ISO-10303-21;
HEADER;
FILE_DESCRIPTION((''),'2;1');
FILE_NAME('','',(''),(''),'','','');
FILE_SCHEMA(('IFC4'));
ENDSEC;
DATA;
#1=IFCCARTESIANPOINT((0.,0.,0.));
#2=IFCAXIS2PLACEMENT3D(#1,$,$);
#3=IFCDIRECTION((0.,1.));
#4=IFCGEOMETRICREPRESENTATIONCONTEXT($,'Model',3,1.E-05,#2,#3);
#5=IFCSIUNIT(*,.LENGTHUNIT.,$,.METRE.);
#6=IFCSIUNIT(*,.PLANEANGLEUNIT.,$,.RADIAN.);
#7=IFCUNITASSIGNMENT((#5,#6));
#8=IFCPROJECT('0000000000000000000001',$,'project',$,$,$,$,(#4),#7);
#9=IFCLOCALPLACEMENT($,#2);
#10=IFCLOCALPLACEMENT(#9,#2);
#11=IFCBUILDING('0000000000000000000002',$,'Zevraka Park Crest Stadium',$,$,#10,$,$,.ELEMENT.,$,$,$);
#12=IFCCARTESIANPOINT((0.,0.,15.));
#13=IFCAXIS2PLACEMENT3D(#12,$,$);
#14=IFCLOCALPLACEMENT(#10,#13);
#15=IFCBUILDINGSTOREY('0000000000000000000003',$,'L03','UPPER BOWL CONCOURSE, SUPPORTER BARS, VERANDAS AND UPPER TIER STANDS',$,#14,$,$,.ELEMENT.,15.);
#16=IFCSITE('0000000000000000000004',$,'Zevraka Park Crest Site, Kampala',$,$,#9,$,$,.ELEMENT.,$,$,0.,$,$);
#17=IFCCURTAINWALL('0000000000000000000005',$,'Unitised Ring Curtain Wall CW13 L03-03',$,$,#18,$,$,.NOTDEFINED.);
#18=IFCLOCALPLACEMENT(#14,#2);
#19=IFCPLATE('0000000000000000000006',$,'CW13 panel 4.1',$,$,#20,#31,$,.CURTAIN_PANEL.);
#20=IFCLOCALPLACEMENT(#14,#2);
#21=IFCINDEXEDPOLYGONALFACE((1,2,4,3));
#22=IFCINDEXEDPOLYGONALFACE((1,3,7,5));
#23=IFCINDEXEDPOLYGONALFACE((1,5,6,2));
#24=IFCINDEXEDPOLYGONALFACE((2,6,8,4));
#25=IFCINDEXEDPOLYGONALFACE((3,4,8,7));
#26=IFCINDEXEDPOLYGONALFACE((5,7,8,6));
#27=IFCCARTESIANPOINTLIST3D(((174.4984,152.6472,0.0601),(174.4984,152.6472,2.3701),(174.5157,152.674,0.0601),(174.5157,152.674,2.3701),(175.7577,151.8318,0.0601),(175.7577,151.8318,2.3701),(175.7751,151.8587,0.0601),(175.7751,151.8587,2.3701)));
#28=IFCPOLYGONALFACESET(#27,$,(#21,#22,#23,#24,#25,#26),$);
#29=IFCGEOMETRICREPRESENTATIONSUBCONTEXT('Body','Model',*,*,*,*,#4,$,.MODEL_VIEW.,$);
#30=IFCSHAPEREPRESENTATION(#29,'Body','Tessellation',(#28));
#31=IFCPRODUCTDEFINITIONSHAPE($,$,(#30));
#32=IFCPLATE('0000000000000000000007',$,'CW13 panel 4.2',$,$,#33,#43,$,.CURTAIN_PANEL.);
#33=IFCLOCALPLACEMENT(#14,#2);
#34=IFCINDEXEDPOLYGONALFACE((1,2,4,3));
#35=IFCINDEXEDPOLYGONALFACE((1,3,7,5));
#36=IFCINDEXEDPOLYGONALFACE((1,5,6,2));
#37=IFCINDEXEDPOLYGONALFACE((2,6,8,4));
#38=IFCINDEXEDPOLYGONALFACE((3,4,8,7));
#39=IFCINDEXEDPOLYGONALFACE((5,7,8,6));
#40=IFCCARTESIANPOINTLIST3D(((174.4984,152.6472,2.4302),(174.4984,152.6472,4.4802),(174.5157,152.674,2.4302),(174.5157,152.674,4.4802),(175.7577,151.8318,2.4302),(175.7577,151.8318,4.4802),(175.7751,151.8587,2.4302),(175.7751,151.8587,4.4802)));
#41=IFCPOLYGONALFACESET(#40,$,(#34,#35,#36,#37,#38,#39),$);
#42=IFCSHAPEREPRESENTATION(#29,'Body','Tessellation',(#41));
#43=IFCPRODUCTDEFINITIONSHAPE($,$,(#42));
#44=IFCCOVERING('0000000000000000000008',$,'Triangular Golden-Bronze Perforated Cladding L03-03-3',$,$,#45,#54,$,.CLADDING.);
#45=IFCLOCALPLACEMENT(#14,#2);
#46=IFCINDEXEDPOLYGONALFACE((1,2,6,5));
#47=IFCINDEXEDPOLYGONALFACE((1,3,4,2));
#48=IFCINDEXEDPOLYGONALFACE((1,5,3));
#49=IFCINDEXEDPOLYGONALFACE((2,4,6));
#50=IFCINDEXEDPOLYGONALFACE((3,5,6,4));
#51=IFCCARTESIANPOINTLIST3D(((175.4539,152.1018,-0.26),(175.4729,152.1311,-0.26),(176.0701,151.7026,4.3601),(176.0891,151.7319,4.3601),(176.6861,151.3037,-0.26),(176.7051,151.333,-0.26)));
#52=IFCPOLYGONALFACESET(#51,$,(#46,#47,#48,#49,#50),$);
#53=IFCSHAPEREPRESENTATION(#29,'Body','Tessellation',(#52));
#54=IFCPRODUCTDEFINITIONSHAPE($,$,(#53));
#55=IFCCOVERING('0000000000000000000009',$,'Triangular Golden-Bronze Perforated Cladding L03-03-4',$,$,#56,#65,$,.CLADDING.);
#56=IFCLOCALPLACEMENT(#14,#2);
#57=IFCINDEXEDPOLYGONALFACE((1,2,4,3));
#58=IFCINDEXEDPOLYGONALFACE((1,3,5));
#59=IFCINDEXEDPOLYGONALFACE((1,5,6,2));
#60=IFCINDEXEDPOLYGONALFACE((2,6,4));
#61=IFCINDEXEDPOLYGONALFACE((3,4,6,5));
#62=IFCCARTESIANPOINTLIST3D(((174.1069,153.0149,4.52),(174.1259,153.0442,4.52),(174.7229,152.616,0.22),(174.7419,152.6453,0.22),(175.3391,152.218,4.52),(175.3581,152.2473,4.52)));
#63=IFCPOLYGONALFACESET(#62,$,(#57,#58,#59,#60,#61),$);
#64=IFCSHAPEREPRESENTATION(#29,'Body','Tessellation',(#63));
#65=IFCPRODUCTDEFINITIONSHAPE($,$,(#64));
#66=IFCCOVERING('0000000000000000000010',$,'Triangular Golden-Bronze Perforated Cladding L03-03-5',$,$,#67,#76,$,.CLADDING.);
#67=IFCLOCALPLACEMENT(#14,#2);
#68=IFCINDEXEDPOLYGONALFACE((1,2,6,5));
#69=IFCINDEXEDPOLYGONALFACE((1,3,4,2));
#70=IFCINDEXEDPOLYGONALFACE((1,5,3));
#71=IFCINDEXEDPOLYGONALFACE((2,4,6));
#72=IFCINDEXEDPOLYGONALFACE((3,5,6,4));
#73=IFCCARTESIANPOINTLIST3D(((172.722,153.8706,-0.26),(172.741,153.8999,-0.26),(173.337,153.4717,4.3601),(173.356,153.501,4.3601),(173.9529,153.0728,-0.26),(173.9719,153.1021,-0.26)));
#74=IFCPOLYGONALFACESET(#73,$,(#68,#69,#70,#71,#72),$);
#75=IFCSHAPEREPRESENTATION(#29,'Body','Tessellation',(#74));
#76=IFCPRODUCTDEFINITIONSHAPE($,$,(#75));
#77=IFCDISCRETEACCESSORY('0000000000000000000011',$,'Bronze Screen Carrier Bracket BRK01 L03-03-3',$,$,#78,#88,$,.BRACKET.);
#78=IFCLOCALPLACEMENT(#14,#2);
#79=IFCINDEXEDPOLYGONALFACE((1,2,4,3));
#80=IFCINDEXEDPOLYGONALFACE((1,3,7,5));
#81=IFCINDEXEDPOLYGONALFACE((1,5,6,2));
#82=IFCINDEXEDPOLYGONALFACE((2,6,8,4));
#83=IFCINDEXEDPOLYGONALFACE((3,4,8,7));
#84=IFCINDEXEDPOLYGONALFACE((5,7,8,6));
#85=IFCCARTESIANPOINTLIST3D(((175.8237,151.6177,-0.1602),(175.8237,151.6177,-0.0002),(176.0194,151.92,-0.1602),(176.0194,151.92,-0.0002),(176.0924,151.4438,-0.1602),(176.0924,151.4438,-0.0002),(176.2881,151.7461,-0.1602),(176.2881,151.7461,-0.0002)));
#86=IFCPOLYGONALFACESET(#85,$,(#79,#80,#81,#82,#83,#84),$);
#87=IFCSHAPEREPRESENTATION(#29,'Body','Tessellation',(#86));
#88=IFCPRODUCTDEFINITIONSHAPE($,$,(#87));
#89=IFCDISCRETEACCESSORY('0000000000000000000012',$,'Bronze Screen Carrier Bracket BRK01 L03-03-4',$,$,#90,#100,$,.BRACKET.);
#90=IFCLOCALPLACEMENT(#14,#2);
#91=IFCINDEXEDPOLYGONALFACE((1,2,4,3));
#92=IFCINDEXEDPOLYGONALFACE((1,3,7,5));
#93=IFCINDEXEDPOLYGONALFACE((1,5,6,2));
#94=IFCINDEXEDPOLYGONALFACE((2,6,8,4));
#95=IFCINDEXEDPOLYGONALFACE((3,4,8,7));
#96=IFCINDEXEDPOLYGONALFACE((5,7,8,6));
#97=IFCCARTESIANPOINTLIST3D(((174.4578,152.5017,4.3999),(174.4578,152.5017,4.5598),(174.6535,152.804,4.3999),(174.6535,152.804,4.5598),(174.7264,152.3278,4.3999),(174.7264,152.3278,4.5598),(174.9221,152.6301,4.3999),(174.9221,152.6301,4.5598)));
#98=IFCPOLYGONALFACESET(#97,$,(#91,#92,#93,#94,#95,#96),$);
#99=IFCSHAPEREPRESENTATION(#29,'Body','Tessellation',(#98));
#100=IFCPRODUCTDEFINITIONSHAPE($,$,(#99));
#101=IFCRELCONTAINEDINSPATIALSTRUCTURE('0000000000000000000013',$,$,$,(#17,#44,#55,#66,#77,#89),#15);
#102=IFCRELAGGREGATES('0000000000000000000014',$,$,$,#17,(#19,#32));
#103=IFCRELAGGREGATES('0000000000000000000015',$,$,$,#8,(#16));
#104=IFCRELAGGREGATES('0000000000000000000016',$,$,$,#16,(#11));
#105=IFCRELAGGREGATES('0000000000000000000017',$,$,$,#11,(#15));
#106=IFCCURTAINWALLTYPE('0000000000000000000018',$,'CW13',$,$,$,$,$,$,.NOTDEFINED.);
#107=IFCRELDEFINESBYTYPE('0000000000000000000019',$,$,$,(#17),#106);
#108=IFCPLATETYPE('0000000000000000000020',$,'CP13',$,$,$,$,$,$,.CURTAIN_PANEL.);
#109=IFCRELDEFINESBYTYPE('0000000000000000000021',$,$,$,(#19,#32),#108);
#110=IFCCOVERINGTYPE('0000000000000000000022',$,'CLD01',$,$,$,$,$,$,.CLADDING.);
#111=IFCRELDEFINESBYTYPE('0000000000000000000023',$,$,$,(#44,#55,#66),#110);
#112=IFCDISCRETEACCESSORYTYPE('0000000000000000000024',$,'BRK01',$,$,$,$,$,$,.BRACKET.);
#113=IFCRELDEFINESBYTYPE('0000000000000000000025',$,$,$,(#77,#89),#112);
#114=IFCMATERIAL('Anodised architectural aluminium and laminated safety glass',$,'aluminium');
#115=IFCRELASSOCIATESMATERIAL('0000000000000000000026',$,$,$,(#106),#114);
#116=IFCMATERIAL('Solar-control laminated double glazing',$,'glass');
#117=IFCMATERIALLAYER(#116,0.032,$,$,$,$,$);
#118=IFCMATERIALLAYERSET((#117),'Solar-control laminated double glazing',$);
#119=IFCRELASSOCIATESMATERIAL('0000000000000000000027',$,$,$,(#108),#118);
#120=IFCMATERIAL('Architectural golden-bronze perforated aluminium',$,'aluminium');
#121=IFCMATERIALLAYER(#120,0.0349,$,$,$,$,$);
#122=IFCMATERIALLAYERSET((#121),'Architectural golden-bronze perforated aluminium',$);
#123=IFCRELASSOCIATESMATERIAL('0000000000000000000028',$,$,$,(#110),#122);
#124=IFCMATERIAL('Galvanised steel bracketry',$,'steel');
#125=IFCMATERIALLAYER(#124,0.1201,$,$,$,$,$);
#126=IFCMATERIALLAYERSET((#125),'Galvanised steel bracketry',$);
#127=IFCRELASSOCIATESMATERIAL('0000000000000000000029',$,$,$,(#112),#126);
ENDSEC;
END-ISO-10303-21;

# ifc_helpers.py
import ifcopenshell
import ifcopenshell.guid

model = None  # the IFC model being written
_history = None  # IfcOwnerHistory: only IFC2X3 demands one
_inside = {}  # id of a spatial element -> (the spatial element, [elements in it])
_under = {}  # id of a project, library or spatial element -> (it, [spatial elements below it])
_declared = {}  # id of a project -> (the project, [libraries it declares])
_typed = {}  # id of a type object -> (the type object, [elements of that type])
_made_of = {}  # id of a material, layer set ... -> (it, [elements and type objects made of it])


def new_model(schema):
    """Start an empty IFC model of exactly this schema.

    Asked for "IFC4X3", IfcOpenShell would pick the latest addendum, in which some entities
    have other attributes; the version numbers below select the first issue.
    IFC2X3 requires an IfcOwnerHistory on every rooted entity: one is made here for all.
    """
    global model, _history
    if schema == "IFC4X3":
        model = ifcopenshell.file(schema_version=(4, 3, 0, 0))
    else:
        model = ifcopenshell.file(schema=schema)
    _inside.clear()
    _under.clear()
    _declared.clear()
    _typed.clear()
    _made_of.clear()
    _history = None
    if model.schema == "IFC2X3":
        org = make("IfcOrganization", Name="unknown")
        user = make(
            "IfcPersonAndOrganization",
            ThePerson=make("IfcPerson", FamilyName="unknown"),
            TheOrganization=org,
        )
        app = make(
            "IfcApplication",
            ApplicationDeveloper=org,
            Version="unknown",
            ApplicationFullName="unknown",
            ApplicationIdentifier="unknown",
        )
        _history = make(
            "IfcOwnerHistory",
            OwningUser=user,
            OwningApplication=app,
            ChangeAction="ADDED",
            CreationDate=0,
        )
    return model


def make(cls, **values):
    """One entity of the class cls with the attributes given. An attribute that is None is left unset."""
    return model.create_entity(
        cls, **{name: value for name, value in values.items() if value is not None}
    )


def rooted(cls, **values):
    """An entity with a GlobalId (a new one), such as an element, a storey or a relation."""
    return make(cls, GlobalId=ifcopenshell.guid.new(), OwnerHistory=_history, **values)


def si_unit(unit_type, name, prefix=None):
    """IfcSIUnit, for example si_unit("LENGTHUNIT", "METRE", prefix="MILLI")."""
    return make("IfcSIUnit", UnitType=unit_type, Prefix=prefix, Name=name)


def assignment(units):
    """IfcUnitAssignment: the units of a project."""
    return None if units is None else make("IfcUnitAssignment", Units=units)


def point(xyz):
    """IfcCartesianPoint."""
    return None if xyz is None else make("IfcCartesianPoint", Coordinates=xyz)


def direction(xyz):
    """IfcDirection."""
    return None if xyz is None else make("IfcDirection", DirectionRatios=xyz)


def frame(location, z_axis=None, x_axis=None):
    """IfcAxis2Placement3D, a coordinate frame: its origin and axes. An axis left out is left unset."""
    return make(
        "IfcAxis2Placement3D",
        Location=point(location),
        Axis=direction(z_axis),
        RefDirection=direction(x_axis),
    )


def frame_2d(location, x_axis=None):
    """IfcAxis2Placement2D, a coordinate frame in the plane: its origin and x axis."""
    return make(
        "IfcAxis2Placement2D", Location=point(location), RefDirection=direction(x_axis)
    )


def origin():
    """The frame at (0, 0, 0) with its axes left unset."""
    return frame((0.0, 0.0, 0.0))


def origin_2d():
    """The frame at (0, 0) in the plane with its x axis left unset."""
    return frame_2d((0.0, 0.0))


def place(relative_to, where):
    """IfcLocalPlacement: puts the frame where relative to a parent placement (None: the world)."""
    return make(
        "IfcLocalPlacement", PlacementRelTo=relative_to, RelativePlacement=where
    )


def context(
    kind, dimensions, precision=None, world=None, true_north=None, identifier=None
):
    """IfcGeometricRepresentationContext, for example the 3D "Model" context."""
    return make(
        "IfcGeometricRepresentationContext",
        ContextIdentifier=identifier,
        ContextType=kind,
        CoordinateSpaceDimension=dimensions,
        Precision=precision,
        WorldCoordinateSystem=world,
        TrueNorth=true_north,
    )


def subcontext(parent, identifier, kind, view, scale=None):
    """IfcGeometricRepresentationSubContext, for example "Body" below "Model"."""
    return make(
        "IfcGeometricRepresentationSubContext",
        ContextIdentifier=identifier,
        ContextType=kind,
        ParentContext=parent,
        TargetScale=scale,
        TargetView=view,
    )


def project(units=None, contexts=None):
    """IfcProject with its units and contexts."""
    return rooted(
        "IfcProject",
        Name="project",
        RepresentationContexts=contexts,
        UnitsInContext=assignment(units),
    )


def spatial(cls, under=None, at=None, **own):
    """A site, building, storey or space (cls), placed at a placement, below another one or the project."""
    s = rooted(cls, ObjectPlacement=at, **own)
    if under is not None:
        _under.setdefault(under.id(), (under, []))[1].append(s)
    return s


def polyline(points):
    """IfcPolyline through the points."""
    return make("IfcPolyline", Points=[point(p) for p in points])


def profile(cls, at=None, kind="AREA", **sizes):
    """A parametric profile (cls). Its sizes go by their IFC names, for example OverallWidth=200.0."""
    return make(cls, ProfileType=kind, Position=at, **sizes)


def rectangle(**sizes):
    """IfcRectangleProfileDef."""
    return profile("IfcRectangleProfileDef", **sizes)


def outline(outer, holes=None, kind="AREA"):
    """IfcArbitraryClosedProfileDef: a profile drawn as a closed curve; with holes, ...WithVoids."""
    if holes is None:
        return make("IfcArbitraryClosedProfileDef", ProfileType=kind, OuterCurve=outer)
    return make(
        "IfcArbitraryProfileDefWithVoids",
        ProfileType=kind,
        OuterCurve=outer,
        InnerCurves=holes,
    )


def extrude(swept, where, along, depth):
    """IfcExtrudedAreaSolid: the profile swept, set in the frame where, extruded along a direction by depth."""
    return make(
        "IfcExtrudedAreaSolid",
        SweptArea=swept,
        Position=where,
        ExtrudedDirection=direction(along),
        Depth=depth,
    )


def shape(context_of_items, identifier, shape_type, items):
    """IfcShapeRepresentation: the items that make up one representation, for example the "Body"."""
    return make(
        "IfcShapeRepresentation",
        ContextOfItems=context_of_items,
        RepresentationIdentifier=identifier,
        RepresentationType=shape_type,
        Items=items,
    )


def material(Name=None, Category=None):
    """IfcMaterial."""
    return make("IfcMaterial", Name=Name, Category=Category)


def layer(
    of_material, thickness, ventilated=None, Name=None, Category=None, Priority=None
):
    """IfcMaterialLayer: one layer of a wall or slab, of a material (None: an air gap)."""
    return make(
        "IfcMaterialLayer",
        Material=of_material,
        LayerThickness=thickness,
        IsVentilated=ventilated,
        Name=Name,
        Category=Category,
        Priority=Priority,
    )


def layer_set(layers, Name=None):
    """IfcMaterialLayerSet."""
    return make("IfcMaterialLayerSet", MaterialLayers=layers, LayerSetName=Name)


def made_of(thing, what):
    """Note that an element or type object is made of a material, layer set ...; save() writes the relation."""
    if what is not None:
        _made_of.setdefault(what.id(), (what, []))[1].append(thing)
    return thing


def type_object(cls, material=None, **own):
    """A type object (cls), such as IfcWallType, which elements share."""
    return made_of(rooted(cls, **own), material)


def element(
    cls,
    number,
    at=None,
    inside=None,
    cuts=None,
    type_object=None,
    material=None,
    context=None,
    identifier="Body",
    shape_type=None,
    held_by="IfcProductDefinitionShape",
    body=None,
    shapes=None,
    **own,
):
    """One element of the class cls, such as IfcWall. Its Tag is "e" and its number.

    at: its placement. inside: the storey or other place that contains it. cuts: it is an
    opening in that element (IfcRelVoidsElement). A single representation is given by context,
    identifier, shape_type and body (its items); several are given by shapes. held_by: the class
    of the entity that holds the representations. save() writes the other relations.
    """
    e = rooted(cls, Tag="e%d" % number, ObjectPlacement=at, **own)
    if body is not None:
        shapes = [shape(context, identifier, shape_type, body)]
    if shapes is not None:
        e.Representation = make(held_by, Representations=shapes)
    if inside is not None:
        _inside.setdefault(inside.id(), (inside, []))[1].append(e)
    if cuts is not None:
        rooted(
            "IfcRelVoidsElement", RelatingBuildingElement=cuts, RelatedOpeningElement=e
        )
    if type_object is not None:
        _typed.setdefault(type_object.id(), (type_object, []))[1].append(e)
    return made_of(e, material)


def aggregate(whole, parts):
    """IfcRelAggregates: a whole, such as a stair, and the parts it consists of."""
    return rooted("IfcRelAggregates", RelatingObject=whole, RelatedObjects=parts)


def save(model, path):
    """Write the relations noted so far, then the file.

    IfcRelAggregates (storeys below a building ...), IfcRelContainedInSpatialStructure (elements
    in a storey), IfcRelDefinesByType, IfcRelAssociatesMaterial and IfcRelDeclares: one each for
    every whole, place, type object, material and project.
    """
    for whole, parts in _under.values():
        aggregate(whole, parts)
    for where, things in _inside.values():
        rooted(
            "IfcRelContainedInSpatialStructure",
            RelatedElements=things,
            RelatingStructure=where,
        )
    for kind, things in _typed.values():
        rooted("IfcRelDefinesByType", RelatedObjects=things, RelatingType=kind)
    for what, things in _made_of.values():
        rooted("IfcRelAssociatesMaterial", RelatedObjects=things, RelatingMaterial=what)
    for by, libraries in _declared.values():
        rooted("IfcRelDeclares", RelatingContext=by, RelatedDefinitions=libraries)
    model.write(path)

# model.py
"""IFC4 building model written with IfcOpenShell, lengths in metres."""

from ifc_helpers import new_model, si_unit, direction, frame, origin, origin_2d, place, context, subcontext, project, spatial, polyline, rectangle, outline, extrude, material, layer, layer_set, type_object, element, aggregate, save


model = new_model("IFC4")

# Units and contexts
model_context = context("Model", 3, precision=1e-05, world=origin(), true_north=direction((0.0, 1.0)))
body_context = subcontext(model_context, "Body", "Model", "MODEL_VIEW")
ifc_project = project(units=[si_unit("LENGTHUNIT", "METRE"), si_unit("PLANEANGLEUNIT", "RADIAN")], contexts=[model_context])

# Site, building, storey
site_placement = place(None, origin())
site = spatial("IfcSite", under=ifc_project, at=site_placement, Name="Zevraka Park Crest Site, Kampala", CompositionType="ELEMENT", RefElevation=0.0)
building_placement = place(site_placement, origin())
building = spatial("IfcBuilding", under=site, at=building_placement, Name="Zevraka Park Crest Stadium", CompositionType="ELEMENT")
storey_placement = place(building_placement, frame((0.0, 0.0, 15.0)))
storey = spatial("IfcBuildingStorey", under=building, at=storey_placement, Name="L03", Description="UPPER BOWL CONCOURSE, SUPPORTER BARS, VERANDAS AND UPPER TIER STANDS", CompositionType="ELEMENT", Elevation=15.0)

# Curtain wall
ifc_material_1 = material(Name="Anodised architectural aluminium and laminated safety glass", Category="aluminium")
curtain_wall_type = type_object("IfcCurtainWallType", Name="CW13", PredefinedType="NOTDEFINED", material=ifc_material_1)
curtain_wall_placement = place(storey_placement, origin())
curtain_wall = element("IfcCurtainWall", 1, at=curtain_wall_placement, inside=storey, type_object=curtain_wall_type, Name="Unitised Ring Curtain Wall CW13 L03-03", PredefinedType="NOTDEFINED")

# Plates
ifc_material_2 = material(Name="Solar-control laminated double glazing", Category="glass")
ifc_layer_1 = layer(ifc_material_2, 0.032)
ifc_layer_set_1 = layer_set([ifc_layer_1], Name="Solar-control laminated double glazing")
plate_type = type_object("IfcPlateType", Name="CP13", PredefinedType="CURTAIN_PANEL", material=ifc_layer_set_1)
plate_1_placement = place(storey_placement, frame((175.1367, 152.2529, 0.0601), z_axis=(0.0, 0.0, 1.0), x_axis=(-0.839429, 0.543469, 0.0)))
plate_1 = element("IfcPlate", 2, at=plate_1_placement, type_object=plate_type, Name="CW13 panel 4.1", PredefinedType="CURTAIN_PANEL", context=body_context, shape_type="SweptSolid", body=[
    extrude(rectangle(XDim=1.5002, YDim=0.032, at=origin_2d()), origin(), (0.0, 0.0, 1.0), 2.3101),
])
plate_2_placement = place(storey_placement, frame((175.1367, 152.2529, 2.4302), z_axis=(0.0, 0.0, 1.0), x_axis=(-0.839429, 0.543469, 0.0)))
plate_2 = element("IfcPlate", 3, at=plate_2_placement, type_object=plate_type, Name="CW13 panel 4.2", PredefinedType="CURTAIN_PANEL", context=body_context, shape_type="SweptSolid", body=[
    extrude(rectangle(XDim=1.5002, YDim=0.032, at=origin_2d()), origin(), (0.0, 0.0, 1.0), 2.05),
])
aggregate(curtain_wall, [plate_1, plate_2])

# Coverings
ifc_material_3 = material(Name="Architectural golden-bronze perforated aluminium", Category="aluminium")
ifc_layer_2 = layer(ifc_material_3, 0.0349)
ifc_layer_set_2 = layer_set([ifc_layer_2], Name="Architectural golden-bronze perforated aluminium")
covering_type = type_object("IfcCoveringType", Name="CLD01", PredefinedType="CLADDING", material=ifc_layer_set_2)
covering_1_placement = place(storey_placement, frame((176.7051, 151.333, -0.26), z_axis=(0.543637, 0.83932, 0.000008), x_axis=(-0.83932, 0.543637, 0.0)))
element("IfcCovering", 4, at=covering_1_placement, inside=storey, type_object=covering_type, Name="Triangular Golden-Bronze Perforated Cladding L03-03-3", PredefinedType="CLADDING", context=body_context, shape_type="SweptSolid", body=[
    extrude(outline(polyline([(0.0, 0.0), (1.4681, 0.0), (0.7339, 4.6201), (0.0, 0.0)])), origin(), (0.0, 0.0, -1.0), 0.0349),
])
covering_2_placement = place(storey_placement, frame((174.1069, 153.0149, 4.52), z_axis=(-0.543051, -0.8397, 0.000111), x_axis=(0.8397, -0.543051, 0.0)))
element("IfcCovering", 5, at=covering_2_placement, inside=storey, type_object=covering_type, Name="Triangular Golden-Bronze Perforated Cladding L03-03-4", PredefinedType="CLADDING", context=body_context, shape_type="SweptSolid", body=[
    extrude(outline(polyline([(0.0, 0.0), (1.4674, 0.0), (0.7339, -4.3), (0.0, 0.0)])), origin(), (0.0, 0.0, -1.0), 0.0349),
])
covering_3_placement = place(storey_placement, frame((173.9719, 153.1021, -0.26), z_axis=(0.5439, 0.83915, 0.000057), x_axis=(-0.83915, 0.5439, 0.0)))
element("IfcCovering", 6, at=covering_3_placement, inside=storey, type_object=covering_type, Name="Triangular Golden-Bronze Perforated Cladding L03-03-5", PredefinedType="CLADDING", context=body_context, shape_type="SweptSolid", body=[
    extrude(outline(polyline([(0.0, 0.0), (1.4669, 0.0), (0.7339, 4.6201), (0.0, 0.0)])), origin(), (0.0, 0.0, -1.0), 0.0349),
])

# Discrete accessories
ifc_material_4 = material(Name="Galvanised steel bracketry", Category="steel")
ifc_layer_3 = layer(ifc_material_4, 0.1201)
ifc_layer_set_3 = layer_set([ifc_layer_3], Name="Galvanised steel bracketry")
discrete_accessory_type = type_object("IfcDiscreteAccessoryType", Name="BRK01", PredefinedType="BRACKET", material=ifc_layer_set_3)
for number, where, z_axis, x_axis, name in (
    (7, (176.0559, 151.6819, -0.1602), (0.0, 0.0, 1.0), (-0.83943, 0.543467, 0.0), "Bronze Screen Carrier Bracket BRK01 L03-03-3"),
    (8, (174.6899, 152.5659, 4.3999), (0.0, 0.0, 1.0), (-0.83943, 0.543467, 0.0), "Bronze Screen Carrier Bracket BRK01 L03-03-4"),
):
    element("IfcDiscreteAccessory", number, at=place(storey_placement, frame(where, z_axis=z_axis, x_axis=x_axis)), inside=storey, type_object=discrete_accessory_type, Name=name, PredefinedType="BRACKET", context=body_context, shape_type="SweptSolid", body=[
        extrude(rectangle(XDim=0.3201, YDim=0.3601, at=origin_2d()), origin(), (0.0, 0.0, 1.0), 0.1599),
    ])

save(model, "model.ifc")
